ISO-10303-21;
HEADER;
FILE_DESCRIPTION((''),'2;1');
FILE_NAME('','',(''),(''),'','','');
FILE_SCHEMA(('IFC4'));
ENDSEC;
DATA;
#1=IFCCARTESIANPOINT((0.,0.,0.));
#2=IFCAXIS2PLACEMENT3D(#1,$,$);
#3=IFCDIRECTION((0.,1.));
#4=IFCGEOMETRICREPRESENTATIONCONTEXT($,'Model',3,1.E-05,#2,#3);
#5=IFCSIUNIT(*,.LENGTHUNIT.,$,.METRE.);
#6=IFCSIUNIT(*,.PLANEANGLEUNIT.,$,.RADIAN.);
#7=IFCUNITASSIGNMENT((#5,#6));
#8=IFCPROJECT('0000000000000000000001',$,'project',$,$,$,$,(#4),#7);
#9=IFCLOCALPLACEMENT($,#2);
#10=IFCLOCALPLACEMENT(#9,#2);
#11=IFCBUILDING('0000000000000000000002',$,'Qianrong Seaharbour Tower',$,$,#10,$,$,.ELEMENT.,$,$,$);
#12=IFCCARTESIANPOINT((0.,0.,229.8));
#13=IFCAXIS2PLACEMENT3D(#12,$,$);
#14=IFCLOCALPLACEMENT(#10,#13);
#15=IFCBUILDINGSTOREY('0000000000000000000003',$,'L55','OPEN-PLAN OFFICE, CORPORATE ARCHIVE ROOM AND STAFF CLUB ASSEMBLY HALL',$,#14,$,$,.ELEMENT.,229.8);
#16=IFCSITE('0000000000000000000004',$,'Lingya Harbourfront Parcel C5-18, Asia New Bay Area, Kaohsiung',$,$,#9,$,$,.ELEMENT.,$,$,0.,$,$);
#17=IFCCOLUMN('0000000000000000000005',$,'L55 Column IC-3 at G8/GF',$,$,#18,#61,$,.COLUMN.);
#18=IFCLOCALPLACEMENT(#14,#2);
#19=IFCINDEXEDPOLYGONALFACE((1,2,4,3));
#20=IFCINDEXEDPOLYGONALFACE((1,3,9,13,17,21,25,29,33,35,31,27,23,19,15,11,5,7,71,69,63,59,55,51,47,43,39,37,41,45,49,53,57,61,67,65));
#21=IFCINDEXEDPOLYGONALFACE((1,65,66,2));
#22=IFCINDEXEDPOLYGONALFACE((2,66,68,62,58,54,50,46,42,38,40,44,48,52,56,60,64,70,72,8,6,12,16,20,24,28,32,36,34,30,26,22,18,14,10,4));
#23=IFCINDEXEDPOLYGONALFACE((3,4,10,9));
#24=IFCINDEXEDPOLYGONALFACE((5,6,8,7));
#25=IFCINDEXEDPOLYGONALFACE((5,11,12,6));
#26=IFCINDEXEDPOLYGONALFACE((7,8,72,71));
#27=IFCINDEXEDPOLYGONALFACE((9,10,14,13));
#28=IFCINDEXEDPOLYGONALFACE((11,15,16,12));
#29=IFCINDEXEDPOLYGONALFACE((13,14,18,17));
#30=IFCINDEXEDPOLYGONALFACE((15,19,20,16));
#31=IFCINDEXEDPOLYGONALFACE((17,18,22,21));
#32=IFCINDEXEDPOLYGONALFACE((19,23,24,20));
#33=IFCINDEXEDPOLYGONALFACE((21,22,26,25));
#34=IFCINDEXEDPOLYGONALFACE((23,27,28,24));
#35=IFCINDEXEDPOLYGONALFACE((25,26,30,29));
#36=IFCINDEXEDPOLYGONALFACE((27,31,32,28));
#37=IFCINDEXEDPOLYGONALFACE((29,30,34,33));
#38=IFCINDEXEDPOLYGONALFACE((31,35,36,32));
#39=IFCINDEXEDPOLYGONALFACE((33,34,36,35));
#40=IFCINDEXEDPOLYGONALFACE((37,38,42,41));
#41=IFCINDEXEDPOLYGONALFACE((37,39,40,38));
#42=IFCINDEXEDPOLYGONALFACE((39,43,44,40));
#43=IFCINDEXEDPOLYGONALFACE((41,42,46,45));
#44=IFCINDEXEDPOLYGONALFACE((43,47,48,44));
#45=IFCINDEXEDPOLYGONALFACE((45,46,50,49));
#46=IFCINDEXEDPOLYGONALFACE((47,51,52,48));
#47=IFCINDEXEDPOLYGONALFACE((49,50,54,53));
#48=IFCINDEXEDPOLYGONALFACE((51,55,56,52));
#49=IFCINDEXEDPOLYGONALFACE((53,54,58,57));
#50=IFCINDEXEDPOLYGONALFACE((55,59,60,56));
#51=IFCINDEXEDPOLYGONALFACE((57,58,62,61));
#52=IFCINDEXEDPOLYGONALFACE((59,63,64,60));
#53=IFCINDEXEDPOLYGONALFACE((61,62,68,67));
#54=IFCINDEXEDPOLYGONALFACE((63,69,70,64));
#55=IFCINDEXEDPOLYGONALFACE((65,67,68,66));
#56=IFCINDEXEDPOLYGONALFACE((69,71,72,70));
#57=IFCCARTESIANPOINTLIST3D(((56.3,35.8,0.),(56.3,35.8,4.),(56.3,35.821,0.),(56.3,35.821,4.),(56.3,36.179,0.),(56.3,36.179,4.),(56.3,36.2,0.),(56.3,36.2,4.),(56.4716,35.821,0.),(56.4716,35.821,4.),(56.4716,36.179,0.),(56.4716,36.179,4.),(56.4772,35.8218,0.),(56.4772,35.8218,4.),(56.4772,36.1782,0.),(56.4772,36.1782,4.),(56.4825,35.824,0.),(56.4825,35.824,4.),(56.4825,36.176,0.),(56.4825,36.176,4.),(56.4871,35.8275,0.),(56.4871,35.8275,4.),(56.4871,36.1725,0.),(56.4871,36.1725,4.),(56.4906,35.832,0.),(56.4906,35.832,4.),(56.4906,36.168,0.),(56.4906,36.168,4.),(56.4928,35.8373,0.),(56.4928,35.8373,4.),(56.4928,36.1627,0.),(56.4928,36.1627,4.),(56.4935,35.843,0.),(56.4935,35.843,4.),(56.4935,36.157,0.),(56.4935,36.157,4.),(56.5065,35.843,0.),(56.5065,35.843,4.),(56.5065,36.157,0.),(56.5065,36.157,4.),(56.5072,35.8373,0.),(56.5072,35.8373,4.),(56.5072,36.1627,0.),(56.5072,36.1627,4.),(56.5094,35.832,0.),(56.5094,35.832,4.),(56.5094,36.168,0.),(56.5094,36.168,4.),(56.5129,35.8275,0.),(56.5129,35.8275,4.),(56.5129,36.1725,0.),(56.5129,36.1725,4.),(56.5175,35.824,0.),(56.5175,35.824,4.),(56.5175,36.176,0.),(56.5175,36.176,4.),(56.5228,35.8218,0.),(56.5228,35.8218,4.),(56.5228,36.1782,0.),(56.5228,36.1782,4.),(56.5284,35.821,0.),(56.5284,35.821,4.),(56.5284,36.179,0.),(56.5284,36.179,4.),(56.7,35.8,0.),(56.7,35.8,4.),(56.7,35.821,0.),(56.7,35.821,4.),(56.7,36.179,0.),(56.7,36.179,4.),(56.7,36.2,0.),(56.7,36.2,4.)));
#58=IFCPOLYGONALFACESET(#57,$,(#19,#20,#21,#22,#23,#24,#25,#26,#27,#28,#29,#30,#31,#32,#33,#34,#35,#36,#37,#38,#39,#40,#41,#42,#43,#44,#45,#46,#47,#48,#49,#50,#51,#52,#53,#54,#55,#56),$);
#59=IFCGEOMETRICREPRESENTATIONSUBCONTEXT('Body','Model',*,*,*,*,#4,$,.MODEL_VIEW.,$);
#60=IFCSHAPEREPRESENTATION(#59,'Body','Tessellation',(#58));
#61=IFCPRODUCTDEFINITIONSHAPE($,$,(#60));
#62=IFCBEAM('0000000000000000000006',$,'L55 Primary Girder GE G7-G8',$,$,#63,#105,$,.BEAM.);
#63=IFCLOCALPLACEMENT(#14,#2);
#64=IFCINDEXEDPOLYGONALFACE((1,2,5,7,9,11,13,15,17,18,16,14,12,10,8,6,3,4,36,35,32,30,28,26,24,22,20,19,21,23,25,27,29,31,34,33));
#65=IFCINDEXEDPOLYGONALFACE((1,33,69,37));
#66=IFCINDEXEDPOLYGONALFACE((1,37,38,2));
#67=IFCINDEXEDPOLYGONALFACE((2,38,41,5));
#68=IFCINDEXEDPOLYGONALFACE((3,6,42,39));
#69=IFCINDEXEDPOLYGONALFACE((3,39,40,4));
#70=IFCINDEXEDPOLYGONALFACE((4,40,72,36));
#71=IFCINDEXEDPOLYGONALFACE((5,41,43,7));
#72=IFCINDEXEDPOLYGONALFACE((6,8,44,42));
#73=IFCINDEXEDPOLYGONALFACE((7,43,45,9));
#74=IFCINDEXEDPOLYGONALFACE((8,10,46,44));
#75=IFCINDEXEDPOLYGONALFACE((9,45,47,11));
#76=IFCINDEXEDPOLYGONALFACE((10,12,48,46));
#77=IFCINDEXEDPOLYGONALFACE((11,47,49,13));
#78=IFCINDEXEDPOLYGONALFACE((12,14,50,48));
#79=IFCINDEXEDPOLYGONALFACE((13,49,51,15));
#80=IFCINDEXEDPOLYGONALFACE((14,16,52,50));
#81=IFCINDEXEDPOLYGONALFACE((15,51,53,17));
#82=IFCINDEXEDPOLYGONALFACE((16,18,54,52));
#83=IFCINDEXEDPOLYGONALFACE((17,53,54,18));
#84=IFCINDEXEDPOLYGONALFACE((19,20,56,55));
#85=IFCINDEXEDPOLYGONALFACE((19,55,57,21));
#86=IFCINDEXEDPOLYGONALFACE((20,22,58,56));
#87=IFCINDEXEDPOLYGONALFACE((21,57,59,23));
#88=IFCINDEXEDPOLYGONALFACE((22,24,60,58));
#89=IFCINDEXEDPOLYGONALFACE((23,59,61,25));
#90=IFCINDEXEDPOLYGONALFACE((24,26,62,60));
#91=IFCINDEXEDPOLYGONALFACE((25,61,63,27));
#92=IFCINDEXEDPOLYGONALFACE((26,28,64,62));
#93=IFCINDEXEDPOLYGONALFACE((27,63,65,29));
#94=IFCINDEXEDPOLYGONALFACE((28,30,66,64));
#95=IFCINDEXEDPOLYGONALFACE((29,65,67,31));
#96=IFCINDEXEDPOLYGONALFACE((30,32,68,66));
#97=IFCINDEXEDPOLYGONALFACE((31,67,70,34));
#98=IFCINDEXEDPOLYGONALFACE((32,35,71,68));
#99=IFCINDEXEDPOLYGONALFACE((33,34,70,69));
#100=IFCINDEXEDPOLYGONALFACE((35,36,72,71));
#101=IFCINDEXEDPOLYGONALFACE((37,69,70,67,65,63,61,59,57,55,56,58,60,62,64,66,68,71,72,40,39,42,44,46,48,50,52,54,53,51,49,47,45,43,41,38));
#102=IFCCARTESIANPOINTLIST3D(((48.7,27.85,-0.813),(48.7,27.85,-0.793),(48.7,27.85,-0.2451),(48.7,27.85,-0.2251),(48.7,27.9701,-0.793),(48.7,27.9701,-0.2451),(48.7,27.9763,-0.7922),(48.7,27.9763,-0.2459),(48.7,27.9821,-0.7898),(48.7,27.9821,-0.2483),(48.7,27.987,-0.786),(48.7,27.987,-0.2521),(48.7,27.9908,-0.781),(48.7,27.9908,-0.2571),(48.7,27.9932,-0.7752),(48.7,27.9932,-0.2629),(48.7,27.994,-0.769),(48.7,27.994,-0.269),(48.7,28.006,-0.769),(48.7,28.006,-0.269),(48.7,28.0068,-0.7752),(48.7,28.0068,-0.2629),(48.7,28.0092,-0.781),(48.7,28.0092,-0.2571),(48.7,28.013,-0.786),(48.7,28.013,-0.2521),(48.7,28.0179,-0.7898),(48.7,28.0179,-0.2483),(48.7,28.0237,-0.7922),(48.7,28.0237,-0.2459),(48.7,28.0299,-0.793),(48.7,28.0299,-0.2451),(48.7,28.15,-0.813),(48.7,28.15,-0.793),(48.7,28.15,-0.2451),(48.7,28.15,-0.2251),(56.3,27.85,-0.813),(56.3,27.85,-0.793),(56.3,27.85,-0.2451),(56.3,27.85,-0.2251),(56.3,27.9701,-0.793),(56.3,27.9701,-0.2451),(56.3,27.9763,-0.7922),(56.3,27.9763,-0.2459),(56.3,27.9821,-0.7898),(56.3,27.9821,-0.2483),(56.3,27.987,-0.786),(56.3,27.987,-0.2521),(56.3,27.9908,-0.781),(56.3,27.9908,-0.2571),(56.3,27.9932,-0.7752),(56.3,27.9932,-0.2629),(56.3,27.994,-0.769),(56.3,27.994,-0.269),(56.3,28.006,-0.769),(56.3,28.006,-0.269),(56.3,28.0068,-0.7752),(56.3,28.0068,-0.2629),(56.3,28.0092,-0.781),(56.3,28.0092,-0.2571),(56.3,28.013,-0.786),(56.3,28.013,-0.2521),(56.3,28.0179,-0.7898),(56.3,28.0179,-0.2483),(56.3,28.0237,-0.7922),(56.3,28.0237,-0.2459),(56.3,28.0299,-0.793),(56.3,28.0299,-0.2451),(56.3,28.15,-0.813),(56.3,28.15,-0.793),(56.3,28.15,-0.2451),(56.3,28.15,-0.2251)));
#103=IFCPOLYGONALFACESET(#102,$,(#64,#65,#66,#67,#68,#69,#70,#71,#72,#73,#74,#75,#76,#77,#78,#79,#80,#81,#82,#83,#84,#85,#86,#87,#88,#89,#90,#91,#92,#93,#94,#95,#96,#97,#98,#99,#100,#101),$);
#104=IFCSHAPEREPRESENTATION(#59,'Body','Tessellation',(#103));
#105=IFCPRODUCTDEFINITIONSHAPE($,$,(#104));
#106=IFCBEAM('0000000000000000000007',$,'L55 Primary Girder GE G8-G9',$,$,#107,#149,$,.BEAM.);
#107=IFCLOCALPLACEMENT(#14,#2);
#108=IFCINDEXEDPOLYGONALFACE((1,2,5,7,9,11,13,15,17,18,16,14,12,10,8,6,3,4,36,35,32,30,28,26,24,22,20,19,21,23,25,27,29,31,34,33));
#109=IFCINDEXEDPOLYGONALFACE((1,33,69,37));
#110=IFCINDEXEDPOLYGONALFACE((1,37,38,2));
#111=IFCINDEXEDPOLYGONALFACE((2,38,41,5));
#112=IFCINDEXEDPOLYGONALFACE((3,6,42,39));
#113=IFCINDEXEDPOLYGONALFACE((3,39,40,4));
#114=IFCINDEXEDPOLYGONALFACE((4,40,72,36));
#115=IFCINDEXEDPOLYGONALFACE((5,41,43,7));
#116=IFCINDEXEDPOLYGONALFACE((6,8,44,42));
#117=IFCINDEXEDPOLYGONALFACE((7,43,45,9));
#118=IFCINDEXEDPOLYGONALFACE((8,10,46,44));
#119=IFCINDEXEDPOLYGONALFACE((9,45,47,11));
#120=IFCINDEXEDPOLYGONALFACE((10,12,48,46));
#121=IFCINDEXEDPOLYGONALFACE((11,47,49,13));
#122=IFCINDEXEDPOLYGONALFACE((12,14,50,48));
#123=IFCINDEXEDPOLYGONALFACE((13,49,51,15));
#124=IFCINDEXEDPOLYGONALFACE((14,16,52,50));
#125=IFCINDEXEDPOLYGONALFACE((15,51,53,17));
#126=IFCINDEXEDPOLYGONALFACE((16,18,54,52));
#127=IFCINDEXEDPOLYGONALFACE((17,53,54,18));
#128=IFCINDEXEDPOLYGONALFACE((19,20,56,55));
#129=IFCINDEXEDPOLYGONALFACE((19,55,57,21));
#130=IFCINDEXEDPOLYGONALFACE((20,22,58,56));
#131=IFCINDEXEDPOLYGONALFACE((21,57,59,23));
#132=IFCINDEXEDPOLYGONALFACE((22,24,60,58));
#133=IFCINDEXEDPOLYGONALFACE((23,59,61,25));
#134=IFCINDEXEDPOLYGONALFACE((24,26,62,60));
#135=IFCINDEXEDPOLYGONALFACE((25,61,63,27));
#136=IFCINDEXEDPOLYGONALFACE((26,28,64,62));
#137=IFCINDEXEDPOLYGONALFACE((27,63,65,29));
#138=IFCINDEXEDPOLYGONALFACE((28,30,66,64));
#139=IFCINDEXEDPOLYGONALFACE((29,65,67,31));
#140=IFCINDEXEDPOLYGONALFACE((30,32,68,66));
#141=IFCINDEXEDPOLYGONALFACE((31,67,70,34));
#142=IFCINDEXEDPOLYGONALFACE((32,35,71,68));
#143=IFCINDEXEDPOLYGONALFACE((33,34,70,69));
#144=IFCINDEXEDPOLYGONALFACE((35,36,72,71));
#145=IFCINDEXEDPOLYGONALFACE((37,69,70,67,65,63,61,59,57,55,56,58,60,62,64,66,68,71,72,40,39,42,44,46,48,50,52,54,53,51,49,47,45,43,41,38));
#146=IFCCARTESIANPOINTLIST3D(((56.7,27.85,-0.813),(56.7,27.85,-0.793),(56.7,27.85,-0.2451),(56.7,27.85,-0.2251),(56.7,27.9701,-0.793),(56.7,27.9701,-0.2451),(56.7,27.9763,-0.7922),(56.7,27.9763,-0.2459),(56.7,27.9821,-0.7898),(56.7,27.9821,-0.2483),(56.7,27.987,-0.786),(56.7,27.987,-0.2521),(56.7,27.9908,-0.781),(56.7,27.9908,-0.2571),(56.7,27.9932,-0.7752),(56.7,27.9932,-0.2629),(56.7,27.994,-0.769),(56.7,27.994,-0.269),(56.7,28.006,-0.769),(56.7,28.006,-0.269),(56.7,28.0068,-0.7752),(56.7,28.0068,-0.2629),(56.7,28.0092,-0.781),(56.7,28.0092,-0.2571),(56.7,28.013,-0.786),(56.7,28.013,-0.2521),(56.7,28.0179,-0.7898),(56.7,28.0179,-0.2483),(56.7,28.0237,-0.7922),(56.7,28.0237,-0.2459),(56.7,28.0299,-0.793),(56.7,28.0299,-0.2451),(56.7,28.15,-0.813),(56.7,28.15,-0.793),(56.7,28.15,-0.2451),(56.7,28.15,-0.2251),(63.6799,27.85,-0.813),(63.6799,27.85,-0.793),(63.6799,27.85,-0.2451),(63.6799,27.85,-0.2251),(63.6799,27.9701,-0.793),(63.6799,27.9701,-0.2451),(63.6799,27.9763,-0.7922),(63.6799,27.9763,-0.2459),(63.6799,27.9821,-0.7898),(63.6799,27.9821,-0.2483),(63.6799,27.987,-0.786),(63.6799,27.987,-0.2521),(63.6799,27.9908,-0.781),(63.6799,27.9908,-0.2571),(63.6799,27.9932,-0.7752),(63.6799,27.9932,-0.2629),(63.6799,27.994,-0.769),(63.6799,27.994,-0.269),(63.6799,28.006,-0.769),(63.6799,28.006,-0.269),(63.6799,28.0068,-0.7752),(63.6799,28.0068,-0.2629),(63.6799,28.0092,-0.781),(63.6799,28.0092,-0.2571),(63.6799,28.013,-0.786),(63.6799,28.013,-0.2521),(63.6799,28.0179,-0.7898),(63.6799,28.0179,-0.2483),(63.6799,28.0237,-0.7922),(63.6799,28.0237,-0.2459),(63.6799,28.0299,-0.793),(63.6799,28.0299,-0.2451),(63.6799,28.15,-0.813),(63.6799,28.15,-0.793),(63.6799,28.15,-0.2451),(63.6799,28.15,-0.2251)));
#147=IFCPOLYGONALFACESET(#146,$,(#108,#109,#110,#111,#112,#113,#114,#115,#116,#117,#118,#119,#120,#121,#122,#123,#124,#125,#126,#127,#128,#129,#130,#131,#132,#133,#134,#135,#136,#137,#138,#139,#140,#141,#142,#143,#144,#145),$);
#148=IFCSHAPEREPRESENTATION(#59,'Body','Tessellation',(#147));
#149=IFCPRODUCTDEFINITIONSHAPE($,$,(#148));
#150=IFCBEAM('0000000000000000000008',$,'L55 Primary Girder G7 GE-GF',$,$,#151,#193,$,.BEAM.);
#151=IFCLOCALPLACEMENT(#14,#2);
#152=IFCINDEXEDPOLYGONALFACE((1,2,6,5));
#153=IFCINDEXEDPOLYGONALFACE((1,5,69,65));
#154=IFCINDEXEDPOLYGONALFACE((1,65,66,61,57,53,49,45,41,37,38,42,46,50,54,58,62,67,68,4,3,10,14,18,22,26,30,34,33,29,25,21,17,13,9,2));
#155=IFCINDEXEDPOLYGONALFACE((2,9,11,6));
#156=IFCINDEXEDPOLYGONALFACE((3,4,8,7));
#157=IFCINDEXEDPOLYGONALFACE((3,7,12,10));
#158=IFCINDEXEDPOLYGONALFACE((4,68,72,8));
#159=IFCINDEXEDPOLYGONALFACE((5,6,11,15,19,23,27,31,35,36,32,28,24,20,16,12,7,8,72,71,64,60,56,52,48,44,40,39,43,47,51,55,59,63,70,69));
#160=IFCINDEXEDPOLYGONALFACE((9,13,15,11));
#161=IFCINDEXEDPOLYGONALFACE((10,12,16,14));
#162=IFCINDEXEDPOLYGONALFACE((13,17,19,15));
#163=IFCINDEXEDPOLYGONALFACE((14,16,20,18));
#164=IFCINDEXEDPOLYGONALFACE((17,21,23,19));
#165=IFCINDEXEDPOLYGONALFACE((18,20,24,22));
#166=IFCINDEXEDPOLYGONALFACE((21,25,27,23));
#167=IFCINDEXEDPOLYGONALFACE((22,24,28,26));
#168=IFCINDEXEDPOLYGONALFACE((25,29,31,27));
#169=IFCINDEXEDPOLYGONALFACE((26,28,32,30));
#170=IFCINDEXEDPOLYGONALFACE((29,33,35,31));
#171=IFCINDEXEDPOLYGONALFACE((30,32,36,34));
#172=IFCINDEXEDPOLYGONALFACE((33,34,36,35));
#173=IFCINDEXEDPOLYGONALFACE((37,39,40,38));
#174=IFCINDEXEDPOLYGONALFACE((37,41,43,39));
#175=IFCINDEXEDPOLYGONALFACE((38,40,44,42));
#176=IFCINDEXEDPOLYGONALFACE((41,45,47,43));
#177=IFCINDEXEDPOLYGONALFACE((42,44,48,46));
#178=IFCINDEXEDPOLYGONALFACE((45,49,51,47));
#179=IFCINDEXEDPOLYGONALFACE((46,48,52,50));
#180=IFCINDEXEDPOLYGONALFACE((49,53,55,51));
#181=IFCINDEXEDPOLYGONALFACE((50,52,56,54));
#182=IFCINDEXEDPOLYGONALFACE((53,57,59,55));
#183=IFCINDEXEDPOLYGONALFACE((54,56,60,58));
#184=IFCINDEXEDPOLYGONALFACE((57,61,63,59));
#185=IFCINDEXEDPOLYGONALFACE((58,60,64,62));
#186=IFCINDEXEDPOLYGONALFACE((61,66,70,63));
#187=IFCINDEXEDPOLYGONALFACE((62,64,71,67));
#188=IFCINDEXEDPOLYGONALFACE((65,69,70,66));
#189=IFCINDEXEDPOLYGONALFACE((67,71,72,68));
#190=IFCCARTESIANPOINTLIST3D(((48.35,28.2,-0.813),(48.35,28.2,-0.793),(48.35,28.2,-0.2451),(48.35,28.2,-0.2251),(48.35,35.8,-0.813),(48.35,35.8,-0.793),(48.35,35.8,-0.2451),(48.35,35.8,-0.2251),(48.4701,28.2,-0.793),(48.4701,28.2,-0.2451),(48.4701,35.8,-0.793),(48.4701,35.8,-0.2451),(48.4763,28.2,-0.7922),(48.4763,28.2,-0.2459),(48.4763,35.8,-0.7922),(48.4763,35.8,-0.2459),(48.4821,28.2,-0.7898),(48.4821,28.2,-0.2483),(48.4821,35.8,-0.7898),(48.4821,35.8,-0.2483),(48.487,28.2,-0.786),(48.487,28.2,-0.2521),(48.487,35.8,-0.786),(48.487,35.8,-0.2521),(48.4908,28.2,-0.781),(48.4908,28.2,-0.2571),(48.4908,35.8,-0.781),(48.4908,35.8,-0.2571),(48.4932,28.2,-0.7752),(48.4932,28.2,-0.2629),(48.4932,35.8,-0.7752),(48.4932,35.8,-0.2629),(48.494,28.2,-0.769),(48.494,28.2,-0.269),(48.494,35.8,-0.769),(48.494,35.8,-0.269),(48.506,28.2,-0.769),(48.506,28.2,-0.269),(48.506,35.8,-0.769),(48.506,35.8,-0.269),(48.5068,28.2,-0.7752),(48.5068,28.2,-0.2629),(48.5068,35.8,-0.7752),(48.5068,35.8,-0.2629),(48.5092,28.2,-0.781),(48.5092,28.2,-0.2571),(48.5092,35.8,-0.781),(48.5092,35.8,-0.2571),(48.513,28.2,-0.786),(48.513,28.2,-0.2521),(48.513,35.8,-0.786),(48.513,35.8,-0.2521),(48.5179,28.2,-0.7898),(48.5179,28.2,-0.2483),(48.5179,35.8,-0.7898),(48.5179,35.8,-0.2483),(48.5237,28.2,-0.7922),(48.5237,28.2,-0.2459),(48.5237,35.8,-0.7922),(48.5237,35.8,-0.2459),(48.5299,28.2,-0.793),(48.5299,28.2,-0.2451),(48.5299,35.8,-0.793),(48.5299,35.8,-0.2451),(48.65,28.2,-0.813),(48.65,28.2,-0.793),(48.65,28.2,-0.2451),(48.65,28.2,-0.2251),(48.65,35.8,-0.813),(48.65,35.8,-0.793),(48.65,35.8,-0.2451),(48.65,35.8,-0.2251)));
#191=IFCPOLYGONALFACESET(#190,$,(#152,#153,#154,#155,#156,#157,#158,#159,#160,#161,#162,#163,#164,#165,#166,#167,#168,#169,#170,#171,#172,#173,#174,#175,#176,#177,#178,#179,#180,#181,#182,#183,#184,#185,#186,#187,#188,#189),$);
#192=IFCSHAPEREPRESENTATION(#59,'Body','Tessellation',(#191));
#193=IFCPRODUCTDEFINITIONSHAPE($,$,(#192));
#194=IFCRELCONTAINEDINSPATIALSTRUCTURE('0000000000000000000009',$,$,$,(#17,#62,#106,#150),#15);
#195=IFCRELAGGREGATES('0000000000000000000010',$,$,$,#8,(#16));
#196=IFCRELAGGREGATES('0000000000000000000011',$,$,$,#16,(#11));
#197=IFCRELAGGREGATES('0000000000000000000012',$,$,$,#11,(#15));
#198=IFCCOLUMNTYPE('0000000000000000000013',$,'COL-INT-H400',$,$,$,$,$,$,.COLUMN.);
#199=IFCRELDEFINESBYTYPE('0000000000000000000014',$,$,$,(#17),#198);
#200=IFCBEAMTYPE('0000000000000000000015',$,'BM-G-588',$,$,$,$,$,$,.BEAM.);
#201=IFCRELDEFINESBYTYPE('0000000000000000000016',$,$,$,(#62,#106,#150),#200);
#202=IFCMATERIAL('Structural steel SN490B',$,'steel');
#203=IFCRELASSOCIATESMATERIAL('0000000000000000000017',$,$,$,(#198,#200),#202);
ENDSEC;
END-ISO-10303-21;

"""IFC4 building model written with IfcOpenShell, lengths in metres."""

from ifc_helpers import new_model, si_unit, direction, frame, origin, origin_2d, place, context, subcontext, project, spatial, i_section, extrude, material, material_profile, profile_set, type_object, element, save


model = new_model("IFC4")

# Units and contexts
model_context = context("Model", 3, precision=1e-05, world=origin(), true_north=direction((0.0, 1.0)))
body_context = subcontext(model_context, "Body", "Model", "MODEL_VIEW")
ifc_project = project(units=[si_unit("LENGTHUNIT", "METRE"), si_unit("PLANEANGLEUNIT", "RADIAN")], contexts=[model_context])

# Site, building, storey
site_placement = place(None, origin())
site = spatial("IfcSite", under=ifc_project, at=site_placement, Name="Lingya Harbourfront Parcel C5-18, Asia New Bay Area, Kaohsiung", CompositionType="ELEMENT", RefElevation=0.0)
building_placement = place(site_placement, origin())
building = spatial("IfcBuilding", under=site, at=building_placement, Name="Qianrong Seaharbour Tower", CompositionType="ELEMENT")
storey_placement = place(building_placement, frame((0.0, 0.0, 229.8)))
storey = spatial("IfcBuildingStorey", under=building, at=storey_placement, Name="L55", Description="OPEN-PLAN OFFICE, CORPORATE ARCHIVE ROOM AND STAFF CLUB ASSEMBLY HALL", CompositionType="ELEMENT", Elevation=229.8)

# Column
ifc_material_1 = material(Name="Structural steel SN490B", Category="steel")
ifc_material_profile_1 = material_profile(ifc_material_1, i_section(OverallWidth=0.3999, OverallDepth=0.3999, WebThickness=0.0129, FlangeThickness=0.021, FilletRadius=0.022, at=origin_2d()), Name="H400x400x13x21")
ifc_profile_set_1 = profile_set([ifc_material_profile_1], Name="Structural steel SN490B")
column_type_1 = type_object("IfcColumnType", Name="COL-INT-H400", PredefinedType="COLUMN", material=ifc_profile_set_1)
for number, where, z_axis, x_axis, name in (
    (1, (56.5, 36.0, 0.0), (0.0, 0.0, 1.0), (1.0, 0.0, 0.0), "L55 Column IC-3 at G8/GF"),
):
    element("IfcColumn", number, at=place(storey_placement, frame(where, z_axis=z_axis, x_axis=x_axis)), inside=storey, type_object=column_type_1, Name=name, PredefinedType="COLUMN", context=body_context, shape_type="SweptSolid", body=[
        extrude(i_section(OverallWidth=0.3999, OverallDepth=0.3999, WebThickness=0.0129, FlangeThickness=0.021, FilletRadius=0.022, at=origin_2d()), origin(), (0.0, 0.0, 1.0), 4.0),
    ])

# Beams
ifc_material_profile_2 = material_profile(ifc_material_1, i_section(OverallWidth=0.3, OverallDepth=0.5879, WebThickness=0.012, FlangeThickness=0.02, FilletRadius=0.0239, at=origin_2d()), Name="H588x300x12x20")
ifc_profile_set_2 = profile_set([ifc_material_profile_2], Name="Structural steel SN490B")
beam_type_1 = type_object("IfcBeamType", Name="BM-G-588", PredefinedType="BEAM", material=ifc_profile_set_2)
beam_1_placement = place(storey_placement, frame((48.7, 28.0, -0.519), z_axis=(1.0, 0.0, 0.0), x_axis=(0.0, 1.0, 0.0)))
element("IfcBeam", 2, at=beam_1_placement, inside=storey, type_object=beam_type_1, Name="L55 Primary Girder GE G7-G8", PredefinedType="BEAM", context=body_context, shape_type="SweptSolid", body=[
    extrude(i_section(OverallWidth=0.3, OverallDepth=0.5879, WebThickness=0.012, FlangeThickness=0.02, FilletRadius=0.0239, at=origin_2d()), origin(), (0.0, 0.0, 1.0), 7.6001),
])
beam_2_placement = place(storey_placement, frame((56.7, 28.0, -0.519), z_axis=(1.0, 0.0, 0.0), x_axis=(0.0, 1.0, 0.0)))
element("IfcBeam", 3, at=beam_2_placement, inside=storey, type_object=beam_type_1, Name="L55 Primary Girder GE G8-G9", PredefinedType="BEAM", context=body_context, shape_type="SweptSolid", body=[
    extrude(i_section(OverallWidth=0.3, OverallDepth=0.5879, WebThickness=0.012, FlangeThickness=0.02, FilletRadius=0.0239, at=origin_2d()), origin(), (0.0, 0.0, 1.0), 6.98),
])
for number, where, z_axis, x_axis, name in (
    (4, (48.5, 28.2, -0.519), (0.0, 1.0, 0.0), (-1.0, 0.0, 0.0), "L55 Primary Girder G7 GE-GF"),
):
    element("IfcBeam", number, at=place(storey_placement, frame(where, z_axis=z_axis, x_axis=x_axis)), inside=storey, type_object=beam_type_1, Name=name, PredefinedType="BEAM", context=body_context, shape_type="SweptSolid", body=[
        extrude(i_section(OverallWidth=0.3, OverallDepth=0.5879, WebThickness=0.012, FlangeThickness=0.02, FilletRadius=0.0239, at=origin_2d()), origin(), (0.0, 0.0, 1.0), 7.6001),
    ])

save(model, "model.ifc")
